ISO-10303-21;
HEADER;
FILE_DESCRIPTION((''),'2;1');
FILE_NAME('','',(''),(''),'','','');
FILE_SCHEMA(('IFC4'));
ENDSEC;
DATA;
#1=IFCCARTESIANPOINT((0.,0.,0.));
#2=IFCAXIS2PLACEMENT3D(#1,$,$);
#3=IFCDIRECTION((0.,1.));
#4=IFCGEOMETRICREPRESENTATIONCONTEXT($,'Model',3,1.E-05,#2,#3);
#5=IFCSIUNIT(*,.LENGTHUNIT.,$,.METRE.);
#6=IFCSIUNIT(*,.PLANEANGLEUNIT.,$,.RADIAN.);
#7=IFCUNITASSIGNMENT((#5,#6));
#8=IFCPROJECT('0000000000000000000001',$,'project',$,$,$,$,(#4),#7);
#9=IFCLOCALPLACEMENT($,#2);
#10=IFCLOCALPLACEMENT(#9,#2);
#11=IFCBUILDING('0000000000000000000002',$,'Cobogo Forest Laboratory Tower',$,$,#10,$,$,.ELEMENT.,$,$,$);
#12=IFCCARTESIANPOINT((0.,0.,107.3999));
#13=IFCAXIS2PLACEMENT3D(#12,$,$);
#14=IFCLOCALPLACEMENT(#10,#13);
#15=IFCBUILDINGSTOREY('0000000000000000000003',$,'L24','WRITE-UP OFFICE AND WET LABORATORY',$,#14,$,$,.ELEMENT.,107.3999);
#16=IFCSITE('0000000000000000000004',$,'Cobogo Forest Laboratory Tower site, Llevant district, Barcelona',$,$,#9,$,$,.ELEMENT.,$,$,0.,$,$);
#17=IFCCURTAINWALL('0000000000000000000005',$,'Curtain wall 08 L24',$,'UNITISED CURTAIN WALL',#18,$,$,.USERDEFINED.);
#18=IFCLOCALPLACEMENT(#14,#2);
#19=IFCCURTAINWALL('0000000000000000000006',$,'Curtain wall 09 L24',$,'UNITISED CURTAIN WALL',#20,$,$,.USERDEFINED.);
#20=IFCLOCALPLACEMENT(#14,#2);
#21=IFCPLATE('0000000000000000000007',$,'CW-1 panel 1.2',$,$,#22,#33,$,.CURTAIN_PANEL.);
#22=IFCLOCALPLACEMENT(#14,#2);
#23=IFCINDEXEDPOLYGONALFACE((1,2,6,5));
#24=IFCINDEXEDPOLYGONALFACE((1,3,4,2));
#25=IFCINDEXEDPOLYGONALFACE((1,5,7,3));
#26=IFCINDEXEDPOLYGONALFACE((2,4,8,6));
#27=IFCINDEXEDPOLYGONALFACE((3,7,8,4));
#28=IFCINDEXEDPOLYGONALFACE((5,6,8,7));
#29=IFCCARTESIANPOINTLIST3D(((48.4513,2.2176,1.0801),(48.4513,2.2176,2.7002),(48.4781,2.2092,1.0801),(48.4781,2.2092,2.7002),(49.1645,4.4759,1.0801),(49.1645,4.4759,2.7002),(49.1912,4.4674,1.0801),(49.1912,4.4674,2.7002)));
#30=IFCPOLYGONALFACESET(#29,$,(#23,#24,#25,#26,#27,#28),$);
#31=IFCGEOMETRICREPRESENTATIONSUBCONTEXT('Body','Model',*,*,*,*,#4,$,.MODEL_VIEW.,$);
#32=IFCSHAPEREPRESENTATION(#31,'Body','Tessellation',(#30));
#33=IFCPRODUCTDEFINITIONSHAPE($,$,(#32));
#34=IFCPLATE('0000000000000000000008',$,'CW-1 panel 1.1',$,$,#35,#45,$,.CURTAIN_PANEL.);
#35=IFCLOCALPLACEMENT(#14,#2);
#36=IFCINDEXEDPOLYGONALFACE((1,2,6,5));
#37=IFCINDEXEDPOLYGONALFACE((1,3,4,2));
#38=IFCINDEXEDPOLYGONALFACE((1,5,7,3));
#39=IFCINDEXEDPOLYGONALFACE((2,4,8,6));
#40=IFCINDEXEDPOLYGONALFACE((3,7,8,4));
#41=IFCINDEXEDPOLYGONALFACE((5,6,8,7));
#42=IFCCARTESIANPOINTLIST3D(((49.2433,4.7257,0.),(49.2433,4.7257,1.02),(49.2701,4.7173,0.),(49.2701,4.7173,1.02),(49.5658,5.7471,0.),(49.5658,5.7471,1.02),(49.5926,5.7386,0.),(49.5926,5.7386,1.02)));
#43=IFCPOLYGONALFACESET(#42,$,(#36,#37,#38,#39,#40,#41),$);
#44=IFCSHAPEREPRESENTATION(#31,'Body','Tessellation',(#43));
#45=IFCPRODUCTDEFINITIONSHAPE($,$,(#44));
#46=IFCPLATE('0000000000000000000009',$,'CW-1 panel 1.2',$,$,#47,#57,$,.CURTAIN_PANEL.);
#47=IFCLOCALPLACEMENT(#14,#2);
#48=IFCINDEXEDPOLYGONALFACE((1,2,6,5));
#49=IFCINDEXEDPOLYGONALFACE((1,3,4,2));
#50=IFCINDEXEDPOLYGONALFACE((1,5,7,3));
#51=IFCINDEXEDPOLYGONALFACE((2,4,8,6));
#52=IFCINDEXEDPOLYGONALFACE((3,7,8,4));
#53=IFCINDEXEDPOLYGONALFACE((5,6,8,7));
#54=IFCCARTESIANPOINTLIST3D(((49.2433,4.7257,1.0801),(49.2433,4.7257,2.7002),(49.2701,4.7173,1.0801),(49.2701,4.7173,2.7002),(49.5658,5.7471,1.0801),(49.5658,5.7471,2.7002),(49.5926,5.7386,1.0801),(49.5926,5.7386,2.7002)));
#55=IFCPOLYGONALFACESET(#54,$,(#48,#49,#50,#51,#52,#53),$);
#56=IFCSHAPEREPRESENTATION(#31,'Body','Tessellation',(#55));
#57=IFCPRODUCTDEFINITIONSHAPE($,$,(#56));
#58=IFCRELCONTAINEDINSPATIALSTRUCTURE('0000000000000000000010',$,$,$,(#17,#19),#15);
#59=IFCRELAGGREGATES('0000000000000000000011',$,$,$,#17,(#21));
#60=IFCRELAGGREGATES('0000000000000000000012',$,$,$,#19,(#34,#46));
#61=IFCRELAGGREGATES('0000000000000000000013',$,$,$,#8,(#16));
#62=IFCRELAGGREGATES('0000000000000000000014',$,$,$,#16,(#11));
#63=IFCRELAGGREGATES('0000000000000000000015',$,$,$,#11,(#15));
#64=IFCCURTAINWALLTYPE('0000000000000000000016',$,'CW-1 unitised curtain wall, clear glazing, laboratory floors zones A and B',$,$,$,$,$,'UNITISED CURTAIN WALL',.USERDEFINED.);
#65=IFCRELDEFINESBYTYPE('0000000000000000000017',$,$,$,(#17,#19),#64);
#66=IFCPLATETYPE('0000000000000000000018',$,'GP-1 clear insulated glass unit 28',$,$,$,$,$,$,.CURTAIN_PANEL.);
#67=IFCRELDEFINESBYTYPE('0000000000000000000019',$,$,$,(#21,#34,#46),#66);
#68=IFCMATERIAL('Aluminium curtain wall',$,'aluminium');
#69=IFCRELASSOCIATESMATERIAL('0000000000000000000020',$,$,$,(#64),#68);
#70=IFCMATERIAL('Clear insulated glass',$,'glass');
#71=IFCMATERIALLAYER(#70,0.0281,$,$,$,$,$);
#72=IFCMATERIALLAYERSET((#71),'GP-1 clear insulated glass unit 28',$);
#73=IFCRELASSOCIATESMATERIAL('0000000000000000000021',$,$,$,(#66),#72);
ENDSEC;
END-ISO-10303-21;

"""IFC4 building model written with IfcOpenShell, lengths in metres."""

from ifc_helpers import new_model, si_unit, direction, frame, origin, origin_2d, place, context, subcontext, project, spatial, rectangle, extrude, material, layer, layer_set, type_object, element, aggregate, save


model = new_model("IFC4")

# Units and contexts
model_context = context("Model", 3, precision=1e-05, world=origin(), true_north=direction((0.0, 1.0)))
body_context = subcontext(model_context, "Body", "Model", "MODEL_VIEW")
ifc_project = project(units=[si_unit("LENGTHUNIT", "METRE"), si_unit("PLANEANGLEUNIT", "RADIAN")], contexts=[model_context])

# Site, building, storey
site_placement = place(None, origin())
site = spatial("IfcSite", under=ifc_project, at=site_placement, Name="Cobogo Forest Laboratory Tower site, Llevant district, Barcelona", CompositionType="ELEMENT", RefElevation=0.0)
building_placement = place(site_placement, origin())
building = spatial("IfcBuilding", under=site, at=building_placement, Name="Cobogo Forest Laboratory Tower", CompositionType="ELEMENT")
storey_placement = place(building_placement, frame((0.0, 0.0, 107.3999)))
storey = spatial("IfcBuildingStorey", under=building, at=storey_placement, Name="L24", Description="WRITE-UP OFFICE AND WET LABORATORY", CompositionType="ELEMENT", Elevation=107.3999)

# Shared definitions
ifc_material_1 = material(Name="Aluminium curtain wall", Category="aluminium")
curtain_wall_type = type_object("IfcCurtainWallType", Name="CW-1 unitised curtain wall, clear glazing, laboratory floors zones A and B", ElementType="UNITISED CURTAIN WALL", PredefinedType="USERDEFINED", material=ifc_material_1)

# Curtain walls
curtain_wall_1_placement = place(storey_placement, origin())
curtain_wall_1 = element("IfcCurtainWall", 1, at=curtain_wall_1_placement, inside=storey, type_object=curtain_wall_type, Name="Curtain wall 08 L24", ObjectType="UNITISED CURTAIN WALL", PredefinedType="USERDEFINED")
curtain_wall_2_placement = place(storey_placement, origin())
curtain_wall_2 = element("IfcCurtainWall", 2, at=curtain_wall_2_placement, inside=storey, type_object=curtain_wall_type, Name="Curtain wall 09 L24", ObjectType="UNITISED CURTAIN WALL", PredefinedType="USERDEFINED")

# Plates
ifc_material_2 = material(Name="Clear insulated glass", Category="glass")
ifc_layer = layer(ifc_material_2, 0.0281)
ifc_layer_set = layer_set([ifc_layer], Name="GP-1 clear insulated glass unit 28")
plate_type = type_object("IfcPlateType", Name="GP-1 clear insulated glass unit 28", PredefinedType="CURTAIN_PANEL", material=ifc_layer_set)
plate_1_placement = place(storey_placement, frame((48.8213, 3.3425, 1.0801), z_axis=(0.0, 0.0, 1.0), x_axis=(0.301135, 0.953581, 0.0)))
plate_1 = element("IfcPlate", 3, at=plate_1_placement, type_object=plate_type, Name="CW-1 panel 1.2", PredefinedType="CURTAIN_PANEL", context=body_context, shape_type="SweptSolid", body=[
    extrude(rectangle(XDim=2.3682, YDim=0.0281, at=origin_2d()), origin(), (0.0, 0.0, 1.0), 1.6201),
])
aggregate(curtain_wall_1, [plate_1])
plate_2_placement = place(storey_placement, frame((49.418, 5.2322, 0.0), z_axis=(0.0, 0.0, 1.0), x_axis=(0.301136, 0.953581, 0.0)))
plate_2 = element("IfcPlate", 4, at=plate_2_placement, type_object=plate_type, Name="CW-1 panel 1.1", PredefinedType="CURTAIN_PANEL", context=body_context, shape_type="SweptSolid", body=[
    extrude(rectangle(XDim=1.071, YDim=0.0281, at=origin_2d()), origin(), (0.0, 0.0, 1.0), 1.02),
])
plate_3_placement = place(storey_placement, frame((49.418, 5.2322, 1.0801), z_axis=(0.0, 0.0, 1.0), x_axis=(0.301136, 0.953581, 0.0)))
plate_3 = element("IfcPlate", 5, at=plate_3_placement, type_object=plate_type, Name="CW-1 panel 1.2", PredefinedType="CURTAIN_PANEL", context=body_context, shape_type="SweptSolid", body=[
    extrude(rectangle(XDim=1.071, YDim=0.0281, at=origin_2d()), origin(), (0.0, 0.0, 1.0), 1.6201),
])
aggregate(curtain_wall_2, [plate_2, plate_3])

save(model, "model.ifc")
